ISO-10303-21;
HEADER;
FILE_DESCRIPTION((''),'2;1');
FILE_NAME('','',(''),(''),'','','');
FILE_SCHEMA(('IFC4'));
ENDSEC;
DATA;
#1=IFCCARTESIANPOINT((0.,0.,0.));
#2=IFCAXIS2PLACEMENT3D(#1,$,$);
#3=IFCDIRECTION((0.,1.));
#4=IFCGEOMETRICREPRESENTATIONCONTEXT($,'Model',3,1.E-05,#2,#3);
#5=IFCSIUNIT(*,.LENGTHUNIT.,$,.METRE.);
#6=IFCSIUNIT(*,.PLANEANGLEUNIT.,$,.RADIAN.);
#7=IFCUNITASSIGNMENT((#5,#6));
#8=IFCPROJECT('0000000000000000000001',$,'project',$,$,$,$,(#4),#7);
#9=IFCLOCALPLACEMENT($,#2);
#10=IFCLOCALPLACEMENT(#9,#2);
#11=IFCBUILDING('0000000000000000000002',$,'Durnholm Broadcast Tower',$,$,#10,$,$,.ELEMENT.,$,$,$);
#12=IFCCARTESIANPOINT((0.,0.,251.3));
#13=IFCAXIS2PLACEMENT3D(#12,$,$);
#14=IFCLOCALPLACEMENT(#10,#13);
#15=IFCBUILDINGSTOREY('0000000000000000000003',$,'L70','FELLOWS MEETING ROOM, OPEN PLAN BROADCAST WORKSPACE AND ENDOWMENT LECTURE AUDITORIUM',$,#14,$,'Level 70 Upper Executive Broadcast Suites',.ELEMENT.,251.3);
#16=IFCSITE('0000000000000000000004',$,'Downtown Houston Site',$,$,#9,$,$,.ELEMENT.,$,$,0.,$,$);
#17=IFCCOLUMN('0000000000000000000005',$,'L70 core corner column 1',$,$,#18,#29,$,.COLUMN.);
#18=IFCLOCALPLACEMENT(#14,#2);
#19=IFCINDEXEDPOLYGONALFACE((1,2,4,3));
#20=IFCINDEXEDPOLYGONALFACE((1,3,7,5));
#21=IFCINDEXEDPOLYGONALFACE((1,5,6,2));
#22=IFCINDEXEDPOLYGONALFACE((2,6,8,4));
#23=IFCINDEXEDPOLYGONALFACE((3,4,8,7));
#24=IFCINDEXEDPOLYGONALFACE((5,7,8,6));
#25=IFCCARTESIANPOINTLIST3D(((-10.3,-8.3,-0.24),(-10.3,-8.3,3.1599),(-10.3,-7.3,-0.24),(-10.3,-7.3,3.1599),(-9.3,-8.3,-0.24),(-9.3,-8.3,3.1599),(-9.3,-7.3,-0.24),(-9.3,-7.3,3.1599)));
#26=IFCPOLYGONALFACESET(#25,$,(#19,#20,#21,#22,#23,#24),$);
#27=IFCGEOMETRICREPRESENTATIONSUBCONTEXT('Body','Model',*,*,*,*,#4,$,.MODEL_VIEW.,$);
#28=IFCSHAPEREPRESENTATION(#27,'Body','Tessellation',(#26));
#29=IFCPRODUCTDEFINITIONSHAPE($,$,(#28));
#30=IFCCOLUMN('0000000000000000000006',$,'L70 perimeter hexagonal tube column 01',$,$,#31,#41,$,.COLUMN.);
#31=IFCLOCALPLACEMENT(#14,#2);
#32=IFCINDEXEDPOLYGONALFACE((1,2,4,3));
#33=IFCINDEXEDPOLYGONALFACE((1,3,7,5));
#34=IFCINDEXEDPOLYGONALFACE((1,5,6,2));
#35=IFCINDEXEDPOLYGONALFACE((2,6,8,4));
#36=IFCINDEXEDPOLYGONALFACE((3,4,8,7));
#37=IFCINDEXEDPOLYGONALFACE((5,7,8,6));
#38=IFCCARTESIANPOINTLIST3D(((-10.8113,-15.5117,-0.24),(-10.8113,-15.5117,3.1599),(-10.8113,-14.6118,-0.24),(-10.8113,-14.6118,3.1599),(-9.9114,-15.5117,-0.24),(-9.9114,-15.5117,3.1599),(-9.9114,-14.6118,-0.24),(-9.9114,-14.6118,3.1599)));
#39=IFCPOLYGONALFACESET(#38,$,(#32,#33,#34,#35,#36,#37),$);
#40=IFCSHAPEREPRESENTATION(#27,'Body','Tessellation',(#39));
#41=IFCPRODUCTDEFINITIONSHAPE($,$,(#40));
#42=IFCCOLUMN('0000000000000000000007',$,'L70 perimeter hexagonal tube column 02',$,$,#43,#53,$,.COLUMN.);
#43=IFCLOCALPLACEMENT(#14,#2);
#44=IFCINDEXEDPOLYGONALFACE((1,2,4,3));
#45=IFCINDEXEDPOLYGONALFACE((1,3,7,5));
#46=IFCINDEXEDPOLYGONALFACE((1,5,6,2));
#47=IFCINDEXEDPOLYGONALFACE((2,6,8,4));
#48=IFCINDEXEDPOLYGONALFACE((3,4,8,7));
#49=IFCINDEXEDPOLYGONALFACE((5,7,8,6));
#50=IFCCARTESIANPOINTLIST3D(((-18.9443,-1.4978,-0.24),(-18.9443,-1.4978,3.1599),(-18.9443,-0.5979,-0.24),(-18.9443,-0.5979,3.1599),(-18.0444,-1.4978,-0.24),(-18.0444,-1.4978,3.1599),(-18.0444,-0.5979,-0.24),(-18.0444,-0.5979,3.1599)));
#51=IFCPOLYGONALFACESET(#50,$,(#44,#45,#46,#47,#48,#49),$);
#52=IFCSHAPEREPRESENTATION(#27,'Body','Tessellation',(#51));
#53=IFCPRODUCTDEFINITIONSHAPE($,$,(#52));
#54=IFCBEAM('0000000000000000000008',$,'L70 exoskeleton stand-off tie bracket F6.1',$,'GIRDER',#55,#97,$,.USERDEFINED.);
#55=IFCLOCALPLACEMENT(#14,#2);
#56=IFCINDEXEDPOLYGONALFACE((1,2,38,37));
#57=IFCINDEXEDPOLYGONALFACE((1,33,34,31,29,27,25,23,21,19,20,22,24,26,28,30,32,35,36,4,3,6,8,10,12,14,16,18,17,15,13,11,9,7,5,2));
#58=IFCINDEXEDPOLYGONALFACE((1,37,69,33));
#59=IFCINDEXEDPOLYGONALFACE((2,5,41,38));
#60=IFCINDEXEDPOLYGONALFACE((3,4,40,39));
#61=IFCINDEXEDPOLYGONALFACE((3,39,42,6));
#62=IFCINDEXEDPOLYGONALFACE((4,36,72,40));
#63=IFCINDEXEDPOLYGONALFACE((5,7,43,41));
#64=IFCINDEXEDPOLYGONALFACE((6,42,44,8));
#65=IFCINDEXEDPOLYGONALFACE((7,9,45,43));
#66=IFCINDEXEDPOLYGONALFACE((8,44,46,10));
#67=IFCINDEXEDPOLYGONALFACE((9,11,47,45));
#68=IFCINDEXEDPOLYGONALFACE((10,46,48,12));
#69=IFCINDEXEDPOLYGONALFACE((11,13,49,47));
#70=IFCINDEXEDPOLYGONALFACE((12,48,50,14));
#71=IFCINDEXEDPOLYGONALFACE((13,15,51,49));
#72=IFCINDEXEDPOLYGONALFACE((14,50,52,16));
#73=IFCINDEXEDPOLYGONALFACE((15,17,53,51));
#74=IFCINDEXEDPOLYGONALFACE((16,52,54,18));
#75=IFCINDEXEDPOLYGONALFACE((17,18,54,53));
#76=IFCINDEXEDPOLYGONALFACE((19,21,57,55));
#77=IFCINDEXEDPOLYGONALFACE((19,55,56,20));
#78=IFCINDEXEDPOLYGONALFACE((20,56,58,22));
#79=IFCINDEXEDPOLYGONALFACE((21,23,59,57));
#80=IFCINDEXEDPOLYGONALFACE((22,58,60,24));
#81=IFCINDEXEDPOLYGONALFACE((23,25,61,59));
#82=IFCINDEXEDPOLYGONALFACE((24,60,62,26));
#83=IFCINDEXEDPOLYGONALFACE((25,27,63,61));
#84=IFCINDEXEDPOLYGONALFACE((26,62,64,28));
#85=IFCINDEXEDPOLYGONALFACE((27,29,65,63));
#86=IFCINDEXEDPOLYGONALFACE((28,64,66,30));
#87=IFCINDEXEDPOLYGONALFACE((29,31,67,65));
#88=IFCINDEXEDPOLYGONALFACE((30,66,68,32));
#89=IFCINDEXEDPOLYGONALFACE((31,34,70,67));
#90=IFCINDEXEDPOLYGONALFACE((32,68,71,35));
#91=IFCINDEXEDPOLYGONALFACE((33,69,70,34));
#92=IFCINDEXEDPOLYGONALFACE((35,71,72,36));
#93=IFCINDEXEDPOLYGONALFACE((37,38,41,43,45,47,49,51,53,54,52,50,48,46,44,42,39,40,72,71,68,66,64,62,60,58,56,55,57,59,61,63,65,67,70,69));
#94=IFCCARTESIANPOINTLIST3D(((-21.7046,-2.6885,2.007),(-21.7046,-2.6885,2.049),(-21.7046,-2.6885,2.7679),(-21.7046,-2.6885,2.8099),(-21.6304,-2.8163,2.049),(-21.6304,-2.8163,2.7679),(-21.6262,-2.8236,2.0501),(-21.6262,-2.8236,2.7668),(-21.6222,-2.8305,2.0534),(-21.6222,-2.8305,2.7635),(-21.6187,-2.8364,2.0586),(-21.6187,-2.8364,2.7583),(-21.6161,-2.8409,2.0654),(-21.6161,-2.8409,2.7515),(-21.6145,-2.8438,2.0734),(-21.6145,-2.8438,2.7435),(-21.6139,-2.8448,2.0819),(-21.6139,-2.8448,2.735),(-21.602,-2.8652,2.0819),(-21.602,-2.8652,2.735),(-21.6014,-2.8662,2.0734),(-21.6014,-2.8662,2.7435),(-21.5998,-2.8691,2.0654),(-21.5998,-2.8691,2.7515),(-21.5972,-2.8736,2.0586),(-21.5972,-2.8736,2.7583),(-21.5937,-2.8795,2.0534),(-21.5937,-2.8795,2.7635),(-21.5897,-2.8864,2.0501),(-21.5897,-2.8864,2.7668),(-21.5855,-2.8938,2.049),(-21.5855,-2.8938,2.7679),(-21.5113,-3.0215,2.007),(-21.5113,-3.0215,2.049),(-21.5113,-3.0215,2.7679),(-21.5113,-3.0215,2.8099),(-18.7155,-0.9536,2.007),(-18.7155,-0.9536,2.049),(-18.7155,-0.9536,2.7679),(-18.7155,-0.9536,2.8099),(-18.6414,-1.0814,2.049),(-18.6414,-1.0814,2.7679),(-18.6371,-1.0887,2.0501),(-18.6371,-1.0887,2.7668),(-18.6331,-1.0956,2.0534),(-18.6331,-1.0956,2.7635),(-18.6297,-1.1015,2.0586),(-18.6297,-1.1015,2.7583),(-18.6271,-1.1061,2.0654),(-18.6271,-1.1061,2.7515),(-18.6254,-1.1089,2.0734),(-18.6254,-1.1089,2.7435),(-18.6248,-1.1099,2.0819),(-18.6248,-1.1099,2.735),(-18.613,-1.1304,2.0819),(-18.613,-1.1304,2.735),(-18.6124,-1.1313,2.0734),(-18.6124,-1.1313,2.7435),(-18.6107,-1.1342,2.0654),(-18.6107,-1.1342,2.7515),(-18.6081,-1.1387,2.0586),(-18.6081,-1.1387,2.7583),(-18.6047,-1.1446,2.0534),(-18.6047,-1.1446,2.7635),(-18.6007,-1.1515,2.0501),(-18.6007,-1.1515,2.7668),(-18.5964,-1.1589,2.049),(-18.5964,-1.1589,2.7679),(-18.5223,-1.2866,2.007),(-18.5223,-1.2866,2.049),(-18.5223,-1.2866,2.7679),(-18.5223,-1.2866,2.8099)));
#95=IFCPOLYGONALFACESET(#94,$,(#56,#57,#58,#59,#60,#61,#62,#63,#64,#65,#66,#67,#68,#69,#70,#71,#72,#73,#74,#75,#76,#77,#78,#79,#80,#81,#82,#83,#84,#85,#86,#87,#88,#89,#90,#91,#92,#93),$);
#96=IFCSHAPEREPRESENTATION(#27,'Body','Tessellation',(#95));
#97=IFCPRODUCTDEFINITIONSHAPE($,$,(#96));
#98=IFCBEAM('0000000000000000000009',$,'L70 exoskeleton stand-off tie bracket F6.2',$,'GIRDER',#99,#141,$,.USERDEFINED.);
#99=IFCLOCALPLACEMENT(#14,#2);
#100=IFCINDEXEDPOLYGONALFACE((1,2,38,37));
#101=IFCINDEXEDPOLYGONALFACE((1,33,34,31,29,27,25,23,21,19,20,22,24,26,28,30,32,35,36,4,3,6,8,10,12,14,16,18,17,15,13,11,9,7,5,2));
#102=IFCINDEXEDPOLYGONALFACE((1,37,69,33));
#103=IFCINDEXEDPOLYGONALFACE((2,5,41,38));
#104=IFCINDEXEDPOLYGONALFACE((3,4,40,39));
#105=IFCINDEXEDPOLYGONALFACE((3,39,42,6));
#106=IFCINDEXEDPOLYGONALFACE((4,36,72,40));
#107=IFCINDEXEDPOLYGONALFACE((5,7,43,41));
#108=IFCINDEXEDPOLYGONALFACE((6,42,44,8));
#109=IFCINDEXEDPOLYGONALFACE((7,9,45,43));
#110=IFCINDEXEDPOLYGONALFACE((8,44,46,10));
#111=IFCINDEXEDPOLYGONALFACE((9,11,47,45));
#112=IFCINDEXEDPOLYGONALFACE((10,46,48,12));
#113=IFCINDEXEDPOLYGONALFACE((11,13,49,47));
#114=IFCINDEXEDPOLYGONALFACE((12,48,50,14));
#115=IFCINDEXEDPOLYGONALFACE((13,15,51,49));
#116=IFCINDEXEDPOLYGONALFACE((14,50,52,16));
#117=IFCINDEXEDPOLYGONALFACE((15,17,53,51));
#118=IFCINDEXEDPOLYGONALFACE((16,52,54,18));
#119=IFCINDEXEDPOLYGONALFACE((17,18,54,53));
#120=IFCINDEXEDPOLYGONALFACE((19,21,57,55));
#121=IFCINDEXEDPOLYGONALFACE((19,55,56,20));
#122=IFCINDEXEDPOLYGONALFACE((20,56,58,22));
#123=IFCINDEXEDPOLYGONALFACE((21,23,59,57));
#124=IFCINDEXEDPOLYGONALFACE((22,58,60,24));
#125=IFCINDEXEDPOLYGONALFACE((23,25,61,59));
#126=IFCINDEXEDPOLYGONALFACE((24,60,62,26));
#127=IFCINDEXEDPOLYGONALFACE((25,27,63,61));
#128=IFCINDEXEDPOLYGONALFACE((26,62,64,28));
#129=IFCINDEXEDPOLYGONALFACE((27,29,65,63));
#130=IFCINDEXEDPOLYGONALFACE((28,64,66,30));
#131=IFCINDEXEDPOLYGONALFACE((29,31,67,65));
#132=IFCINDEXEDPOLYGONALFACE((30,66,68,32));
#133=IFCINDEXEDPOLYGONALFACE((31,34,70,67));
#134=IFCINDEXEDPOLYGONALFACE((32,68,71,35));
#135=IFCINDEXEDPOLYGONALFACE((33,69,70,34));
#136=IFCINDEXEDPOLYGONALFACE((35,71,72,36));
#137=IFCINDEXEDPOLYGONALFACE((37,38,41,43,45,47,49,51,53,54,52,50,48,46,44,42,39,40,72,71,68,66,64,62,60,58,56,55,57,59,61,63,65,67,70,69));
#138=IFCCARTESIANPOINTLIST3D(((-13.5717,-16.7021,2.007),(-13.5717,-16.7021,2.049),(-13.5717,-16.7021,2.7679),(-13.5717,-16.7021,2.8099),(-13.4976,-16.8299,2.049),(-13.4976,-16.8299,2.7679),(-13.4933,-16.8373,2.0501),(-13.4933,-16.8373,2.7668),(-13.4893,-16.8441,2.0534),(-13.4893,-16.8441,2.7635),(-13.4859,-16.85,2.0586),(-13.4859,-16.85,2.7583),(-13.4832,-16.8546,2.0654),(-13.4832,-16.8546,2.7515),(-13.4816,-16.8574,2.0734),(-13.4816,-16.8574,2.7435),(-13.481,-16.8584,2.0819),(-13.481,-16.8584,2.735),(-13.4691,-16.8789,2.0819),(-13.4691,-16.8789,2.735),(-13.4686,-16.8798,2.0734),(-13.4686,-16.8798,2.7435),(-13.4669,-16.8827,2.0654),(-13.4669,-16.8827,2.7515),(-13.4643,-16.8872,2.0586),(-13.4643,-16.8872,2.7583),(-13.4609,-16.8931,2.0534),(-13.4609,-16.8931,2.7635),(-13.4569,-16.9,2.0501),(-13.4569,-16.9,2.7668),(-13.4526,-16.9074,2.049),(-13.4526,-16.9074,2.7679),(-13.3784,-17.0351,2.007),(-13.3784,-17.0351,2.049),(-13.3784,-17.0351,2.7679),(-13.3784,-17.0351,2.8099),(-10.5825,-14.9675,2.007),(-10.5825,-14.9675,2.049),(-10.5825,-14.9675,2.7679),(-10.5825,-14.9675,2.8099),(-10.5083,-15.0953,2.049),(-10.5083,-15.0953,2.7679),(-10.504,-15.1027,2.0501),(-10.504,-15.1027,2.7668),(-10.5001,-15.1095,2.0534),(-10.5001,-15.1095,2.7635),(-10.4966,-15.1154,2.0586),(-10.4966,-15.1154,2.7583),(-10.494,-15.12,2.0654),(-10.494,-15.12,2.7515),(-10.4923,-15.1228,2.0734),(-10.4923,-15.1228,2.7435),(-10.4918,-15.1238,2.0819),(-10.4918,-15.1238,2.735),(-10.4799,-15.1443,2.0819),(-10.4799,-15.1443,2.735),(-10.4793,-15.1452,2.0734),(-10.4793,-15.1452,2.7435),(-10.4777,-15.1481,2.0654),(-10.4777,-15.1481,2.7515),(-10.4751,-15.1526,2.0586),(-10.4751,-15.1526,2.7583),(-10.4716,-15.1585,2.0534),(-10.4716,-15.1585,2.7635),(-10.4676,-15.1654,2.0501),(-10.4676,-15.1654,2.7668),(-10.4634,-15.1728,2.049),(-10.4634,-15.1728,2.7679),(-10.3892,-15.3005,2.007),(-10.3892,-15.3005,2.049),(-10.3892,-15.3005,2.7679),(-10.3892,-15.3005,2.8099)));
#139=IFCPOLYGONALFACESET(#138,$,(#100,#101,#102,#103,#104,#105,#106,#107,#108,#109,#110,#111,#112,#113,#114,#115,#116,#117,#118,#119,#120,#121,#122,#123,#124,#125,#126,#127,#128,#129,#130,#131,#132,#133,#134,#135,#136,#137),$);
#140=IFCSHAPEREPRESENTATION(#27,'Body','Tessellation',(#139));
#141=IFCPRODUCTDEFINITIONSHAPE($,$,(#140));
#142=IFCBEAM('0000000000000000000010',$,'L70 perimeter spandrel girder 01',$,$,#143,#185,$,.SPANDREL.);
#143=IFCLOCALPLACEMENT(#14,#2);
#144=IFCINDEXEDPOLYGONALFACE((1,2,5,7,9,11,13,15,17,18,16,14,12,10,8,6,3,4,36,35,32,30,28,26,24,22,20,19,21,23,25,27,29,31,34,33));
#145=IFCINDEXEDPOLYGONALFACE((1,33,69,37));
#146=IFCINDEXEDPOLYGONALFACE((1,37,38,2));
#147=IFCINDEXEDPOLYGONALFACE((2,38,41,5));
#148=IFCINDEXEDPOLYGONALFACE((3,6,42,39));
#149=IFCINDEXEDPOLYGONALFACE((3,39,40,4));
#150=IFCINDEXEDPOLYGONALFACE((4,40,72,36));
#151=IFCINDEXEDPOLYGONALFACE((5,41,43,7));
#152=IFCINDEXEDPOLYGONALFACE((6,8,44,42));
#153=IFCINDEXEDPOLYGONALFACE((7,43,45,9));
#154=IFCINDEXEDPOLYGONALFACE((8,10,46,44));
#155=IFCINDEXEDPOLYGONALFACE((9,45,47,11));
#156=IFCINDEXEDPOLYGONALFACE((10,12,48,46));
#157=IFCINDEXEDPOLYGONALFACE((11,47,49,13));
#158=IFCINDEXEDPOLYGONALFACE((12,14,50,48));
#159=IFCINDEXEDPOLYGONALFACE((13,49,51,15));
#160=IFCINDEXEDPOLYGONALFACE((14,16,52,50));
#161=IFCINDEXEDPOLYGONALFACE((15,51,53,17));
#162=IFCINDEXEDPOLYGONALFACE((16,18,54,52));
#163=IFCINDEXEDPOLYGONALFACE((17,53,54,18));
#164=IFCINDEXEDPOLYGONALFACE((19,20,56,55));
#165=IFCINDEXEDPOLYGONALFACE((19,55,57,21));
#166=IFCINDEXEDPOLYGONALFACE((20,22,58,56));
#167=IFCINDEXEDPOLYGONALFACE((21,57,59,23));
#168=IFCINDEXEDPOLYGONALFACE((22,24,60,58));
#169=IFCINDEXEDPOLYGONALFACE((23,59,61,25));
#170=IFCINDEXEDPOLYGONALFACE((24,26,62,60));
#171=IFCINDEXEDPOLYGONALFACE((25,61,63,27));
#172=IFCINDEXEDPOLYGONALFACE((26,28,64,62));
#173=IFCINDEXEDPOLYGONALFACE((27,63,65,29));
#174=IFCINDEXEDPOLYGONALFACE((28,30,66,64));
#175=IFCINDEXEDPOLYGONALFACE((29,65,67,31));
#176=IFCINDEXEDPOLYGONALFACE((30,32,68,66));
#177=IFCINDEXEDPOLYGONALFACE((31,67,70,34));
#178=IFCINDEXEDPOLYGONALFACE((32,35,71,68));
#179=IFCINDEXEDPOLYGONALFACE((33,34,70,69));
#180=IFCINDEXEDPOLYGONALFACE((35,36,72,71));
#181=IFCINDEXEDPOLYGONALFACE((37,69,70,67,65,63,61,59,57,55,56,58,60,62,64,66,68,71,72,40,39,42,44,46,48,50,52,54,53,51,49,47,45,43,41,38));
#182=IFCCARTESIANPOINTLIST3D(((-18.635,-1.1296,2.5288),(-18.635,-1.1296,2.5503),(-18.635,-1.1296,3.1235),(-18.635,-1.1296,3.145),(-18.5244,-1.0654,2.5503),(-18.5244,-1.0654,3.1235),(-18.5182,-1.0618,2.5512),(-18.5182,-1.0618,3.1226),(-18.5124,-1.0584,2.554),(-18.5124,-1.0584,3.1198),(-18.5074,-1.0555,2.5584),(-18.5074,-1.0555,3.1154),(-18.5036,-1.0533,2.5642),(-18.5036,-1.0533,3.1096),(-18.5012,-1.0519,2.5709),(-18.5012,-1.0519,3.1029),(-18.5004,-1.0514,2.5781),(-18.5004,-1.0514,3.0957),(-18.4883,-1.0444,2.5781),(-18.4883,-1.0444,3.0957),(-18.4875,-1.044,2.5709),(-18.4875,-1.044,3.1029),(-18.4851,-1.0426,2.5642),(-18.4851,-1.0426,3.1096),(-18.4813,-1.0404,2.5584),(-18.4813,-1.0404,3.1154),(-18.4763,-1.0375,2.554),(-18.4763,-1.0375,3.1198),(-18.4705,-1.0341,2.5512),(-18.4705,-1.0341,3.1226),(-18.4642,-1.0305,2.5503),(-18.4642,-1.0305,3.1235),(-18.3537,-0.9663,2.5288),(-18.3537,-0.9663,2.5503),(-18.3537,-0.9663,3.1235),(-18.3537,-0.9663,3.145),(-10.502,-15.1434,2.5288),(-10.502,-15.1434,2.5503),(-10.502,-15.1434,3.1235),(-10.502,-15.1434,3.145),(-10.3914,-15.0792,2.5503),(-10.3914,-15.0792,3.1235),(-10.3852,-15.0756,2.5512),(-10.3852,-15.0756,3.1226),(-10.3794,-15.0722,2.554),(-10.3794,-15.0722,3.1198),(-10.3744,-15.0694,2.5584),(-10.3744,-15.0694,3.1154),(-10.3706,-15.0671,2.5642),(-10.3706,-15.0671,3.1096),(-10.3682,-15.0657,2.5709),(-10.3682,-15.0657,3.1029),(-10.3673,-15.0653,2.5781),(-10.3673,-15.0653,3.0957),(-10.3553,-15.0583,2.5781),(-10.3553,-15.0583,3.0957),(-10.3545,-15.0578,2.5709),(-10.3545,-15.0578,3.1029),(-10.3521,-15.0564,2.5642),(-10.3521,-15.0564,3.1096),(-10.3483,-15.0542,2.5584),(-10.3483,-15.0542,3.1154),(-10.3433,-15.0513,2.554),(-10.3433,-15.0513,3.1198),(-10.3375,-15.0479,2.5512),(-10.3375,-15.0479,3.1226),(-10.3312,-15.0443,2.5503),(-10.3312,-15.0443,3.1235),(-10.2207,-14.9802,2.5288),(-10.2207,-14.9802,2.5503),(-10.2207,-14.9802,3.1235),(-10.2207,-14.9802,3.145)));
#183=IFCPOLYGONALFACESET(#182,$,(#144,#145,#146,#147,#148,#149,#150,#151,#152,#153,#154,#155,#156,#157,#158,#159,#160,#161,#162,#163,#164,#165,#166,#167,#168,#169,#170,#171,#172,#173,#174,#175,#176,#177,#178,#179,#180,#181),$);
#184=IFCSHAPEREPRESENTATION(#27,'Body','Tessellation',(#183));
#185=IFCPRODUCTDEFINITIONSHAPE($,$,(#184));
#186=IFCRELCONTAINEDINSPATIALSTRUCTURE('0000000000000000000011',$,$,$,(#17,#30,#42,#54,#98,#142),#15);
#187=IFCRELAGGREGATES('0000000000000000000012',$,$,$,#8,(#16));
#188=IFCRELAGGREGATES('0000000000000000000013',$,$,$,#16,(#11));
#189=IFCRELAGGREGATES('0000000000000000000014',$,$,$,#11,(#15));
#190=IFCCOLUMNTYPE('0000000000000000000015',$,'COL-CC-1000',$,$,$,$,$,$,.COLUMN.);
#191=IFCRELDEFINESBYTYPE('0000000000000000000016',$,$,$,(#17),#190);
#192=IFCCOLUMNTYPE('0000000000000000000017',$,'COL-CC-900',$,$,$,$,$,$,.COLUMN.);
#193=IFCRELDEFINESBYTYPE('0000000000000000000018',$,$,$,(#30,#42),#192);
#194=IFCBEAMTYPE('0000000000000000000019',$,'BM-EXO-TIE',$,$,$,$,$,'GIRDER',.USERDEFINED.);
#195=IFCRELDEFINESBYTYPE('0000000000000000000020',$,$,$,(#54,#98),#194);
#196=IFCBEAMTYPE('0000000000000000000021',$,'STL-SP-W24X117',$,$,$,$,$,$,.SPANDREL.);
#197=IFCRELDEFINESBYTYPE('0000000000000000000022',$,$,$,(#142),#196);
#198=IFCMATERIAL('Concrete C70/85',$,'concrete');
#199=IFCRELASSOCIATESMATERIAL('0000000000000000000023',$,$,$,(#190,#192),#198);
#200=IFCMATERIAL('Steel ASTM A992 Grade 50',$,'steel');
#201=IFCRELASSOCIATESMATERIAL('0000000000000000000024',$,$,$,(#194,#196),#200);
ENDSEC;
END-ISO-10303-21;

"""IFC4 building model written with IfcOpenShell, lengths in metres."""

from ifc_helpers import new_model, si_unit, direction, frame, origin, origin_2d, place, context, subcontext, project, spatial, rectangle, i_section, extrude, source, transform, mapped, material, material_profile, profile_set, type_object, type_shapes, element, save


model = new_model("IFC4")

# Units and contexts
model_context = context("Model", 3, precision=1e-05, world=origin(), true_north=direction((0.0, 1.0)))
body_context = subcontext(model_context, "Body", "Model", "MODEL_VIEW")
ifc_project = project(units=[si_unit("LENGTHUNIT", "METRE"), si_unit("PLANEANGLEUNIT", "RADIAN")], contexts=[model_context])

# Site, building, storey
site_placement = place(None, origin())
site = spatial("IfcSite", under=ifc_project, at=site_placement, Name="Downtown Houston Site", CompositionType="ELEMENT", RefElevation=0.0)
building_placement = place(site_placement, origin())
building = spatial("IfcBuilding", under=site, at=building_placement, Name="Durnholm Broadcast Tower", CompositionType="ELEMENT")
storey_placement = place(building_placement, frame((0.0, 0.0, 251.3)))
storey = spatial("IfcBuildingStorey", under=building, at=storey_placement, Name="L70", Description="FELLOWS MEETING ROOM, OPEN PLAN BROADCAST WORKSPACE AND ENDOWMENT LECTURE AUDITORIUM", LongName="Level 70 Upper Executive Broadcast Suites", CompositionType="ELEMENT", Elevation=251.3)

# Columns
ifc_material_1 = material(Name="Concrete C70/85", Category="concrete")
ifc_material_profile_1 = material_profile(ifc_material_1, rectangle(XDim=1.0, YDim=1.0, at=origin_2d()), Name="RC1000X1000")
ifc_profile_set_1 = profile_set([ifc_material_profile_1], Name="Concrete C70/85")
column_type_1 = type_object("IfcColumnType", Name="COL-CC-1000", PredefinedType="COLUMN", material=ifc_profile_set_1)
shared_shape_1 = source(origin(), body_context, "Body", "SweptSolid", [
    extrude(rectangle(XDim=1.0, YDim=1.0, at=origin_2d()), origin(), (0.0, 0.0, 1.0), 3.3999),
])
type_shapes(column_type_1, [shared_shape_1])
column_placement = place(storey_placement, frame((-9.8, -7.8, -0.24), z_axis=(0.0, 0.0, 1.0), x_axis=(1.0, 0.0, 0.0)))
element("IfcColumn", 1, at=column_placement, inside=storey, type_object=column_type_1, Name="L70 core corner column 1", PredefinedType="COLUMN", context=body_context, shape_type="MappedRepresentation", body=[
    mapped(shared_shape_1, transform((0.0, 0.0, 0.0), x_axis=(1.0, 0.0, 0.0), y_axis=(0.0, 1.0, 0.0), z_axis=(0.0, 0.0, 1.0), scale=1.0)),
])
ifc_material_profile_2 = material_profile(ifc_material_1, rectangle(XDim=0.8999, YDim=0.8999, at=origin_2d()), Name="RC900X900")
ifc_profile_set_2 = profile_set([ifc_material_profile_2], Name="Concrete C70/85")
column_type_2 = type_object("IfcColumnType", Name="COL-CC-900", PredefinedType="COLUMN", material=ifc_profile_set_2)
shared_shape_2 = source(origin(), body_context, "Body", "SweptSolid", [
    extrude(rectangle(XDim=0.8999, YDim=0.8999, at=origin_2d()), origin(), (0.0, 0.0, 1.0), 3.3999),
])
type_shapes(column_type_2, [shared_shape_2])
for number, where, z_axis, x_axis, name in (
    (2, (-10.3613, -15.0618, -0.24), (0.0, 0.0, 1.0), (1.0, 0.0, 0.0), "L70 perimeter hexagonal tube column 01"),
    (3, (-18.4944, -1.0479, -0.24), (0.0, 0.0, 1.0), (1.0, 0.0, 0.0), "L70 perimeter hexagonal tube column 02"),
):
    element("IfcColumn", number, at=place(storey_placement, frame(where, z_axis=z_axis, x_axis=x_axis)), inside=storey, type_object=column_type_2, Name=name, PredefinedType="COLUMN", context=body_context, shape_type="MappedRepresentation", body=[
        mapped(shared_shape_2, transform((0.0, 0.0, 0.0), x_axis=(1.0, 0.0, 0.0), y_axis=(0.0, 1.0, 0.0), z_axis=(0.0, 0.0, 1.0), scale=1.0)),
    ])

# Beams
ifc_material_2 = material(Name="Steel ASTM A992 Grade 50", Category="steel")
ifc_material_profile_3 = material_profile(ifc_material_2, i_section(OverallWidth=0.385, OverallDepth=0.803, WebThickness=0.0237, FlangeThickness=0.042, FilletRadius=0.033, at=origin_2d()), Name="W30X261")
ifc_profile_set_3 = profile_set([ifc_material_profile_3], Name="Steel ASTM A992 Grade 50")
beam_type_1 = type_object("IfcBeamType", Name="BM-EXO-TIE", ElementType="GIRDER", PredefinedType="USERDEFINED", material=ifc_profile_set_3)
shared_shape_3 = source(origin(), body_context, "Body", "SweptSolid", [
    extrude(i_section(OverallWidth=0.385, OverallDepth=0.803, WebThickness=0.0237, FlangeThickness=0.042, FilletRadius=0.033, at=origin_2d()), origin(), (0.0, 0.0, 1.0), 3.4561),
])
for number, where, z_axis, x_axis, name in (
    (4, (-18.6189, -1.1201, 2.4084), (-0.864876, -0.501986, 0.0), (0.501986, -0.864876, 0.0), "L70 exoskeleton stand-off tie bracket F6.1"),
    (5, (-10.4858, -15.134, 2.4084), (-0.864924, -0.501902, 0.0), (0.501902, -0.864924, 0.0), "L70 exoskeleton stand-off tie bracket F6.2"),
):
    element("IfcBeam", number, at=place(storey_placement, frame(where, z_axis=z_axis, x_axis=x_axis)), inside=storey, type_object=beam_type_1, Name=name, ObjectType="GIRDER", PredefinedType="USERDEFINED", context=body_context, shape_type="MappedRepresentation", body=[
        mapped(shared_shape_3, transform((0.0, 0.0, 0.0), x_axis=(1.0, 0.0, 0.0), y_axis=(0.0, 1.0, 0.0), z_axis=(0.0, 0.0, 1.0), scale=1.0)),
    ])
ifc_material_profile_4 = material_profile(ifc_material_2, i_section(OverallWidth=0.3252, OverallDepth=0.6162, WebThickness=0.0139, FlangeThickness=0.0215, FilletRadius=0.0278, at=origin_2d()), Name="W24X117")
ifc_profile_set_4 = profile_set([ifc_material_profile_4], Name="Steel ASTM A992 Grade 50")
beam_type_2 = type_object("IfcBeamType", Name="STL-SP-W24X117", PredefinedType="SPANDREL", material=ifc_profile_set_4)
shared_shape_4 = source(origin(), body_context, "Body", "SweptSolid", [
    extrude(i_section(OverallWidth=0.3252, OverallDepth=0.6162, WebThickness=0.0139, FlangeThickness=0.0215, FilletRadius=0.0278, at=origin_2d()), origin(), (0.0, 0.0, 1.0), 16.2029),
])
beam_1_placement = place(storey_placement, frame((-10.3613, -15.0618, 2.8369), z_axis=(-0.501948, 0.864898, 0.0), x_axis=(-0.864898, -0.501948, 0.0)))
element("IfcBeam", 6, at=beam_1_placement, inside=storey, type_object=beam_type_2, Name="L70 perimeter spandrel girder 01", PredefinedType="SPANDREL", context=body_context, shape_type="MappedRepresentation", body=[
    mapped(shared_shape_4, transform((0.0, 0.0, 0.0), x_axis=(1.0, 0.0, 0.0), y_axis=(0.0, 1.0, 0.0), z_axis=(0.0, 0.0, 1.0), scale=1.0)),
])

save(model, "model.ifc")
